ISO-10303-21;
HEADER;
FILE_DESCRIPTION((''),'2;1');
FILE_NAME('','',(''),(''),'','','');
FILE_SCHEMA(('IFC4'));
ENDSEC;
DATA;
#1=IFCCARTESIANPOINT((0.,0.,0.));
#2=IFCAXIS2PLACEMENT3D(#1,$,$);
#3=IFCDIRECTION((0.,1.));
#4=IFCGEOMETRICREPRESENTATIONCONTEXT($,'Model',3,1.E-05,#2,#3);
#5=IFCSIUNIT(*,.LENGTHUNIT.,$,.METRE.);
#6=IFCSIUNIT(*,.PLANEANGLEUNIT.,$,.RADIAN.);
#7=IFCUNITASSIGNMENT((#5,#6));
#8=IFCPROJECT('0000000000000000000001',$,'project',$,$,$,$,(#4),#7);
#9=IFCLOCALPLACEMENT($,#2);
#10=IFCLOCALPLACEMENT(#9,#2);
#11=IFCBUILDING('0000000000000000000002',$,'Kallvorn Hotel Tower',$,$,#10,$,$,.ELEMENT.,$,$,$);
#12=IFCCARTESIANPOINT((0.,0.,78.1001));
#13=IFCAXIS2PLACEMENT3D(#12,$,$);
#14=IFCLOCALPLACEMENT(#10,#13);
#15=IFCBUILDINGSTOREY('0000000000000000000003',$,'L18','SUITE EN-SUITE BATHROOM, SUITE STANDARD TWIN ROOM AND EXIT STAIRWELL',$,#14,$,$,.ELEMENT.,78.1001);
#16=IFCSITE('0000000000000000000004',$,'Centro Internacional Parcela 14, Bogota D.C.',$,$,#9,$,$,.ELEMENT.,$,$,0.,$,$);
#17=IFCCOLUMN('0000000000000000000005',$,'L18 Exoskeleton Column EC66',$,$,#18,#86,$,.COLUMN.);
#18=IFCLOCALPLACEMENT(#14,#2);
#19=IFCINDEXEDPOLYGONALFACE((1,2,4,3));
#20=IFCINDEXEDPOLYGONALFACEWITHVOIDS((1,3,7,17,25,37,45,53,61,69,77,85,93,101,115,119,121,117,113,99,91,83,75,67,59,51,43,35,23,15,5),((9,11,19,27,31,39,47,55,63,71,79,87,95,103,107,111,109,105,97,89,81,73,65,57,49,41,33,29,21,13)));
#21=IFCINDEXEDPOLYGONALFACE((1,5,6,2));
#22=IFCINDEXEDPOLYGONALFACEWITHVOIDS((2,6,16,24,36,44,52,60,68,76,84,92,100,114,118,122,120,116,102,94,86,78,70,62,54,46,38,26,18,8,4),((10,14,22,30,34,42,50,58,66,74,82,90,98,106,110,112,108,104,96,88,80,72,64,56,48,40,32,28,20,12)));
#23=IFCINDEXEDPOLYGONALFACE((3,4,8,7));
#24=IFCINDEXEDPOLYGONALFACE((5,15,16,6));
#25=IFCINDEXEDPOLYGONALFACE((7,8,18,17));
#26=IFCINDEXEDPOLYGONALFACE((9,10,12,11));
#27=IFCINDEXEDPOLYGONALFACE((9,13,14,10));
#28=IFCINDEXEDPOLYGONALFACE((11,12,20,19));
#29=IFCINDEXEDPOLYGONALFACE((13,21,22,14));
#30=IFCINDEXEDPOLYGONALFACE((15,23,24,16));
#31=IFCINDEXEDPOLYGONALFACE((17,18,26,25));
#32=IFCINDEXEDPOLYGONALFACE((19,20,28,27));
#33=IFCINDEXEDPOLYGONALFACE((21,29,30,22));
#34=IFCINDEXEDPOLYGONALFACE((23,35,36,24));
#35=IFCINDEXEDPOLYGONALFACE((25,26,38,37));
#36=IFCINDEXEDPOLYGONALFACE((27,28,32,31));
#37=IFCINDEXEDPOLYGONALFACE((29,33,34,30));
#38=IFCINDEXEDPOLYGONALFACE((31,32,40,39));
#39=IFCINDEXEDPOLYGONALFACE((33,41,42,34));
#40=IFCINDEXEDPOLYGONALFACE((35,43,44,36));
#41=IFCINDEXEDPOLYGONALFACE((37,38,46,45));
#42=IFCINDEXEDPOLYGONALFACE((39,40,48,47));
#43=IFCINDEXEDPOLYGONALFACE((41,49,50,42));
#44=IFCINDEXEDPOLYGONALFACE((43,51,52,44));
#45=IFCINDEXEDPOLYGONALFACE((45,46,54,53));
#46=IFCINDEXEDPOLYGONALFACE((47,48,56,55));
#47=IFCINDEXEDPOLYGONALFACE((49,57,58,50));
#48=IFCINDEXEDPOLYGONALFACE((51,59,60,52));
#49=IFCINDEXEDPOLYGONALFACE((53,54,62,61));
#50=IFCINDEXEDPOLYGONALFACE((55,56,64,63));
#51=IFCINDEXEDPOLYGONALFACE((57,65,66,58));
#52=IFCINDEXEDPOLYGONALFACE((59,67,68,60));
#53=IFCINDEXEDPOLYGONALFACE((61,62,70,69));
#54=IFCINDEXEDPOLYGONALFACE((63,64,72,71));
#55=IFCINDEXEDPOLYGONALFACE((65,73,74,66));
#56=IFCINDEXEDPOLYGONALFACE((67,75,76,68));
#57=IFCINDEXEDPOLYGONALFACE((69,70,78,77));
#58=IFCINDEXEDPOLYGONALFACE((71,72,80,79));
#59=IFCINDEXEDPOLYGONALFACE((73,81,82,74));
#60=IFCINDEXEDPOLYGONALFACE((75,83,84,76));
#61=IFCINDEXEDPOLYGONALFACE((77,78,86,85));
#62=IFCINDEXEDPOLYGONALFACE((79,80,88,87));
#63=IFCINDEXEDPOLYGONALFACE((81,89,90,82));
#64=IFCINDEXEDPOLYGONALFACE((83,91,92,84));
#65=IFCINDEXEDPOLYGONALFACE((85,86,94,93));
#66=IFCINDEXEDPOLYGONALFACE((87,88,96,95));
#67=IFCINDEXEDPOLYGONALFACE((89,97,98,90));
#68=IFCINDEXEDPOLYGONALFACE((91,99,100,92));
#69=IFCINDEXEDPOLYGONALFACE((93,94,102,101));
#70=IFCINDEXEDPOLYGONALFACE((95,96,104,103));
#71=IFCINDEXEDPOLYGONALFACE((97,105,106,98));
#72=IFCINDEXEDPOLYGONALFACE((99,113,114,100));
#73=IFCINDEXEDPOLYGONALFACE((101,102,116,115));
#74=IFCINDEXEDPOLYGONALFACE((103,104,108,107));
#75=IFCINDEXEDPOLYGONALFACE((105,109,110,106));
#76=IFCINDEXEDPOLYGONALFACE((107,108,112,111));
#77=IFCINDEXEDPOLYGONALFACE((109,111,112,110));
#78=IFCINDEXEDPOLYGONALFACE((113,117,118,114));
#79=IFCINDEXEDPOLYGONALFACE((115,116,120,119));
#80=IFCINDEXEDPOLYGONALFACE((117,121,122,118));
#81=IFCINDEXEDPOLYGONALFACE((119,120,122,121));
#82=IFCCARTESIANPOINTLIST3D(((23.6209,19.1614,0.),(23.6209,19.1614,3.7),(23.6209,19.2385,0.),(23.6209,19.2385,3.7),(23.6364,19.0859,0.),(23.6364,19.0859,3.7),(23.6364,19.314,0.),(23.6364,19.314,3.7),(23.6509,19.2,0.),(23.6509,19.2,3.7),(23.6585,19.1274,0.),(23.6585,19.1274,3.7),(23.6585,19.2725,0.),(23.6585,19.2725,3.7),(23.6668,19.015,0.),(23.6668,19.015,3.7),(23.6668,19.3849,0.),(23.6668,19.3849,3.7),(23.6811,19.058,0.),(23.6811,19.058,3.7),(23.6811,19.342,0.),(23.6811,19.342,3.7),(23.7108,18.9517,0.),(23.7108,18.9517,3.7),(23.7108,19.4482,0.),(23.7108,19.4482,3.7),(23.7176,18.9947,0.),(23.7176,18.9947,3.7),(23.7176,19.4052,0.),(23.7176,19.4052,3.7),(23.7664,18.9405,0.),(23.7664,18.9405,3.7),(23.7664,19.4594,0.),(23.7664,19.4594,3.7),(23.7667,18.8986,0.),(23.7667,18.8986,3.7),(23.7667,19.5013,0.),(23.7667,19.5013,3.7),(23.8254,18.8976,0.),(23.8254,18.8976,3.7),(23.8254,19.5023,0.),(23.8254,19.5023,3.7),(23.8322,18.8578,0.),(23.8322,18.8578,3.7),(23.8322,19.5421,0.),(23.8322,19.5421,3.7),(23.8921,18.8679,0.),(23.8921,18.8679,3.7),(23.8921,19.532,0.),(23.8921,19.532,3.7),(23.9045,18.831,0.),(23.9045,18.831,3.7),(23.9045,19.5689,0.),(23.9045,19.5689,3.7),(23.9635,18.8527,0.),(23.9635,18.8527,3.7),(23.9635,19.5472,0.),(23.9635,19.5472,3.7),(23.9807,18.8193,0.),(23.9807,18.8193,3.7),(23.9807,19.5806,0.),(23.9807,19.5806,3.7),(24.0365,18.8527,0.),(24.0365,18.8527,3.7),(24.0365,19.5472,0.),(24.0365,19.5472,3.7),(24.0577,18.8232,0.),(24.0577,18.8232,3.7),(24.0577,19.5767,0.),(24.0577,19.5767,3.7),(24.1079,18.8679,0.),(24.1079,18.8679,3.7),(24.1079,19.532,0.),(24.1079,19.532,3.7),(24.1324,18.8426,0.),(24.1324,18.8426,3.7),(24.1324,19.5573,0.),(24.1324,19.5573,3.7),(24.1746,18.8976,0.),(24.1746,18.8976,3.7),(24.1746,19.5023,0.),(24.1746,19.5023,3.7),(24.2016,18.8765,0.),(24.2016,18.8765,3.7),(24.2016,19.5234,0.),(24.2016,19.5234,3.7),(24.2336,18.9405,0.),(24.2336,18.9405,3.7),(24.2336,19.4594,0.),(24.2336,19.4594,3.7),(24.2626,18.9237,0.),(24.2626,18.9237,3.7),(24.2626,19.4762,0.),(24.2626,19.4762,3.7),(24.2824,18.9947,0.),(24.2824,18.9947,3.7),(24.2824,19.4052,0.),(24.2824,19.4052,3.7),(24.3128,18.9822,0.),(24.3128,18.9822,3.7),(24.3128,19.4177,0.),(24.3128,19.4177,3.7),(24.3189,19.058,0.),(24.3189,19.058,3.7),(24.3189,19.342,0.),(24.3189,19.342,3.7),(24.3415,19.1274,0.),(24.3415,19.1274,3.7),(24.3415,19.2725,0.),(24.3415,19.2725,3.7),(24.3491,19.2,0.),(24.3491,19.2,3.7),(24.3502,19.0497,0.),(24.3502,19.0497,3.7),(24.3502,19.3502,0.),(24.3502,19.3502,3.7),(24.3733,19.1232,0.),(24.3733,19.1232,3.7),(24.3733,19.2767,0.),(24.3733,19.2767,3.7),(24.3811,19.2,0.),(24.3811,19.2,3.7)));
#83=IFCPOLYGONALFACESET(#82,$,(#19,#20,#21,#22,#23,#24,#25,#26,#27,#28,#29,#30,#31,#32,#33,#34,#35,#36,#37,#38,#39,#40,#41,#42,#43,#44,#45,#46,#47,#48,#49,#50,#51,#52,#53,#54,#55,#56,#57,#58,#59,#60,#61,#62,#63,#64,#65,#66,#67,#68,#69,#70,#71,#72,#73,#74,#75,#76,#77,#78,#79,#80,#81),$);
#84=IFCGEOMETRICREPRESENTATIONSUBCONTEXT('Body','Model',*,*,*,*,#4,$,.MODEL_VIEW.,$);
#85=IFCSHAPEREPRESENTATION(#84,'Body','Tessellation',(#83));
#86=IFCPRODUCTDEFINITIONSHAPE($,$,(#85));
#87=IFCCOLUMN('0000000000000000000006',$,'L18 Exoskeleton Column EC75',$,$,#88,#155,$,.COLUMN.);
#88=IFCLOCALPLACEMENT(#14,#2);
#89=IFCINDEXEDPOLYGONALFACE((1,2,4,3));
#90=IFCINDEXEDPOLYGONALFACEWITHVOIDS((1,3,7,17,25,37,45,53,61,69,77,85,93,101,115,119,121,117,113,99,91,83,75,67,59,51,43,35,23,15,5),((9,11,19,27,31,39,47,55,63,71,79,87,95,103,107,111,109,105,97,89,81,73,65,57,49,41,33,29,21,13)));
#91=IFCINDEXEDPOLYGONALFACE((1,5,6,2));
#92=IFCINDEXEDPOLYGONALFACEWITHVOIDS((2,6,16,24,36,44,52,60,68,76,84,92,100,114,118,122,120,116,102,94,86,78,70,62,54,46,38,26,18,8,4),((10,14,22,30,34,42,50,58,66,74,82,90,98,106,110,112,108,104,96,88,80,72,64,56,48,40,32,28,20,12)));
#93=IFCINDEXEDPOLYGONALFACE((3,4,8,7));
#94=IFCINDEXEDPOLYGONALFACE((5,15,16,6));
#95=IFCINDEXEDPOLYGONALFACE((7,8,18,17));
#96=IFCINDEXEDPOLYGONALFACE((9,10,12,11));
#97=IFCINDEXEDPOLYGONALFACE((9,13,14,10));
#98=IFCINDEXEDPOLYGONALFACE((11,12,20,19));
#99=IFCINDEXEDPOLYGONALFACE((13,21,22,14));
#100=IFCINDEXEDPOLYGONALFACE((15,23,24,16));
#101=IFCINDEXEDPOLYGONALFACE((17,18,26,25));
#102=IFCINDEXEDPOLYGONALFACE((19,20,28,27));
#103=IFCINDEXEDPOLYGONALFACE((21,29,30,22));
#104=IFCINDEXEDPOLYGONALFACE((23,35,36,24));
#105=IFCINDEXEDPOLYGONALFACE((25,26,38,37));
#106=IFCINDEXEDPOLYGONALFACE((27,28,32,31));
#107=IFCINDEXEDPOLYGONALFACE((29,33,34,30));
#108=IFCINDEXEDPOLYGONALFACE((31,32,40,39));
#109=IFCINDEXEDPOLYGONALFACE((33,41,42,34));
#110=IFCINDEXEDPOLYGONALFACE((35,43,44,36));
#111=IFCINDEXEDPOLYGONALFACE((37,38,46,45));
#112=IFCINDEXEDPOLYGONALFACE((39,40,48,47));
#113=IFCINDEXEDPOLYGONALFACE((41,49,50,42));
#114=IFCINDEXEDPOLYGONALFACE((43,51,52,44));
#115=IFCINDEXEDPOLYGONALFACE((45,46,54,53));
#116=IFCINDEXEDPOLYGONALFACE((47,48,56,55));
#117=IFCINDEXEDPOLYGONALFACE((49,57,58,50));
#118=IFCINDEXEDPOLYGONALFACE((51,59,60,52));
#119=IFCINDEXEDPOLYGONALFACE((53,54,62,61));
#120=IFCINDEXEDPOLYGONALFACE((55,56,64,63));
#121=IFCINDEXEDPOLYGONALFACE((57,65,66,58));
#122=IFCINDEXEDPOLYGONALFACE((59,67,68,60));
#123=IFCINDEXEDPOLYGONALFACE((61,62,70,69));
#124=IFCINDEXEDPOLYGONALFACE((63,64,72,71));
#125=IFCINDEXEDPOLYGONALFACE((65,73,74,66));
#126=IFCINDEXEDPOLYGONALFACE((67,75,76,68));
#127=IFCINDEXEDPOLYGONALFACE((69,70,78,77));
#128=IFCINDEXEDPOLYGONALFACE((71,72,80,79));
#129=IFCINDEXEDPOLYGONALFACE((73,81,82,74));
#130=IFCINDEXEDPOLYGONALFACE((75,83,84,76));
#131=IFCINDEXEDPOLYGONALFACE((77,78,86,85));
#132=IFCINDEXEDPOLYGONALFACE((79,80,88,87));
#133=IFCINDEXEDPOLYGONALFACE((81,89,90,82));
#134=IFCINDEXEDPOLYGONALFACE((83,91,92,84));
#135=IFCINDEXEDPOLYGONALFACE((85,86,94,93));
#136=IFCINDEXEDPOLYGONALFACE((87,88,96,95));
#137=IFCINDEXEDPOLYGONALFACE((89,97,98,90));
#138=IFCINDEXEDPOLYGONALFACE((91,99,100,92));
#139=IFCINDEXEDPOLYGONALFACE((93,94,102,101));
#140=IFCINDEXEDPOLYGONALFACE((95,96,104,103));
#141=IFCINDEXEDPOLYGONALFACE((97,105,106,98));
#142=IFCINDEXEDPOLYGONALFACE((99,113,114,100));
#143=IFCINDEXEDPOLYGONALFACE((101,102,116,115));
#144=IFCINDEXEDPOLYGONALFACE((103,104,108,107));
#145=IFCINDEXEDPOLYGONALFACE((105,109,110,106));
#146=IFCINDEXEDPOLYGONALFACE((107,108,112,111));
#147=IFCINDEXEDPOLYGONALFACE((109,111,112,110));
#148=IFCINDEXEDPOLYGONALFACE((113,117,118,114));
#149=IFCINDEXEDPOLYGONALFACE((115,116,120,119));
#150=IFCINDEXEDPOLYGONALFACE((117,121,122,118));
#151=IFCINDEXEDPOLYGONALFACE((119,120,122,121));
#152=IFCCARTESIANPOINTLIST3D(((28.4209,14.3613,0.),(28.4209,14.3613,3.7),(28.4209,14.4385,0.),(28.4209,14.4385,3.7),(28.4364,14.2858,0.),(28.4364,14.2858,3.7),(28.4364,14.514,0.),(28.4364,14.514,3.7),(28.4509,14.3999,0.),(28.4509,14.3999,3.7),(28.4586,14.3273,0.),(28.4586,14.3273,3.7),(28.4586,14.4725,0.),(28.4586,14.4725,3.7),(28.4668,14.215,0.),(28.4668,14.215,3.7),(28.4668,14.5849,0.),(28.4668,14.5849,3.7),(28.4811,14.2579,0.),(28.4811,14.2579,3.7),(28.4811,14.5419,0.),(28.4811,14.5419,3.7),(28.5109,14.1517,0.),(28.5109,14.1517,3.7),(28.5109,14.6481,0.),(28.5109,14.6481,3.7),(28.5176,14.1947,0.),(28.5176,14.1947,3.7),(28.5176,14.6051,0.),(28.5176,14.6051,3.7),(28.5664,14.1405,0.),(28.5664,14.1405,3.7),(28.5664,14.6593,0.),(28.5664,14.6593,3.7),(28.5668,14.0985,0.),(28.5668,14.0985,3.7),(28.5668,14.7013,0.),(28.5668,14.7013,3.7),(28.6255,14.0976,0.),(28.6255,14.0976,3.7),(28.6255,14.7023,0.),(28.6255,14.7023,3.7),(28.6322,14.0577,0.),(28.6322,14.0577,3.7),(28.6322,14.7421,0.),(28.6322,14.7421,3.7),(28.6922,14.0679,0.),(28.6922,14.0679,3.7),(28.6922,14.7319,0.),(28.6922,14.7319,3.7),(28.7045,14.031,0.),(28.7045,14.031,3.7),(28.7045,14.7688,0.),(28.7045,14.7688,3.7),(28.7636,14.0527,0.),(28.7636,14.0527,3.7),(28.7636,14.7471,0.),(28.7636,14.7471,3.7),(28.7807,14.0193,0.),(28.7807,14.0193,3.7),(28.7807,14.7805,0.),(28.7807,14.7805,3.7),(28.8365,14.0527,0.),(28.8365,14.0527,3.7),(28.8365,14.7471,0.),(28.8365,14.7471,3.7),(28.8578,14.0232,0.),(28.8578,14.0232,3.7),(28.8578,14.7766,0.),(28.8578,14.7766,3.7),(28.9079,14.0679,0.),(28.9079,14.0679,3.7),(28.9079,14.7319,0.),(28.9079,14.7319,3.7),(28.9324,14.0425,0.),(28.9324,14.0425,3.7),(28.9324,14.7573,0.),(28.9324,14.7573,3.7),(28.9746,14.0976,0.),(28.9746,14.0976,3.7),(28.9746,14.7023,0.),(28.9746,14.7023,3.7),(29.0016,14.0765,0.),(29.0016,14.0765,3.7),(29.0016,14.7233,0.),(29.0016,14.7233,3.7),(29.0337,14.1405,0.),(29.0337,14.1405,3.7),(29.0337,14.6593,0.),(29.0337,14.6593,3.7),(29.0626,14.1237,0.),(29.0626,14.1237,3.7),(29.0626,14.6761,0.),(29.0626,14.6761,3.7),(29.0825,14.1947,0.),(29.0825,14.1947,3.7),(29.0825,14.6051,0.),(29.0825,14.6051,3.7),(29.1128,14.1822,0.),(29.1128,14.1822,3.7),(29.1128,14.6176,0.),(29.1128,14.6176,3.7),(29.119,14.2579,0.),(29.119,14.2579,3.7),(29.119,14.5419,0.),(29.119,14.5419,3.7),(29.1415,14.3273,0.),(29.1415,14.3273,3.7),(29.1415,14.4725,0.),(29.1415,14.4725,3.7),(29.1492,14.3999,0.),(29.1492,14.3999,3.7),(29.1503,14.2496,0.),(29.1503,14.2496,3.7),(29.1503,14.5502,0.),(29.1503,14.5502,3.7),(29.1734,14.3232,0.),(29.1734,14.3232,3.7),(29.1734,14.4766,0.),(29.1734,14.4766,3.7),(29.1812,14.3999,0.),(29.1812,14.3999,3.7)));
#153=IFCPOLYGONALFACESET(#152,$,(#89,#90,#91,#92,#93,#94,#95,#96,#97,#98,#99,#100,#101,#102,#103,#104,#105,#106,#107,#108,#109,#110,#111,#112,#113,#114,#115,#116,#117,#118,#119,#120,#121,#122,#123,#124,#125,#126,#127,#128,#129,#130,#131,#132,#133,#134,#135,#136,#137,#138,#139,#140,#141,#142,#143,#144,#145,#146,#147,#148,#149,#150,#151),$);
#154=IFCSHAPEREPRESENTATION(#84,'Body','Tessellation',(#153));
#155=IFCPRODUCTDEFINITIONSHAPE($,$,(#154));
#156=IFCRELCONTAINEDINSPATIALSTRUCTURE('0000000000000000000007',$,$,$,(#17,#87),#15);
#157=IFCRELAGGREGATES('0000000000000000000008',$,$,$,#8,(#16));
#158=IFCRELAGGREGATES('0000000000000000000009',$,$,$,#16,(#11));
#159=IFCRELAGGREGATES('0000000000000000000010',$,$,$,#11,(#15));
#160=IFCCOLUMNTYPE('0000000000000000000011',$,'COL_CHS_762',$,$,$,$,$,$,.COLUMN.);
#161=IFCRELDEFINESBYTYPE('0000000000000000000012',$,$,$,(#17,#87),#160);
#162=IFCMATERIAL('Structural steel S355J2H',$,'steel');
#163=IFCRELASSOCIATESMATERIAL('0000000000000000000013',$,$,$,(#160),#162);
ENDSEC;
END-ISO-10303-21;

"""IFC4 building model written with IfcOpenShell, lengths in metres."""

from ifc_helpers import new_model, si_unit, direction, frame, origin, origin_2d, place, context, subcontext, project, spatial, hollow_circle, extrude, material, material_profile, profile_set, type_object, element, save


model = new_model("IFC4")

# Units and contexts
model_context = context("Model", 3, precision=1e-05, world=origin(), true_north=direction((0.0, 1.0)))
body_context = subcontext(model_context, "Body", "Model", "MODEL_VIEW")
ifc_project = project(units=[si_unit("LENGTHUNIT", "METRE"), si_unit("PLANEANGLEUNIT", "RADIAN")], contexts=[model_context])

# Site, building, storey
site_placement = place(None, origin())
site = spatial("IfcSite", under=ifc_project, at=site_placement, Name="Centro Internacional Parcela 14, Bogota D.C.", CompositionType="ELEMENT", RefElevation=0.0)
building_placement = place(site_placement, origin())
building = spatial("IfcBuilding", under=site, at=building_placement, Name="Kallvorn Hotel Tower", CompositionType="ELEMENT")
storey_placement = place(building_placement, frame((0.0, 0.0, 78.1001)))
storey = spatial("IfcBuildingStorey", under=building, at=storey_placement, Name="L18", Description="SUITE EN-SUITE BATHROOM, SUITE STANDARD TWIN ROOM AND EXIT STAIRWELL", CompositionType="ELEMENT", Elevation=78.1001)

# Columns
ifc_material_1 = material(Name="Structural steel S355J2H", Category="steel")
ifc_material_profile_1 = material_profile(ifc_material_1, hollow_circle(Radius=0.3811, WallThickness=0.032, at=origin_2d()), Name="CHS 762x32")
ifc_profile_set_1 = profile_set([ifc_material_profile_1], Name="Structural steel S355J2H")
column_type_1 = type_object("IfcColumnType", Name="COL_CHS_762", PredefinedType="COLUMN", material=ifc_profile_set_1)
for number, where, z_axis, x_axis, name in (
    (1, (24.0, 19.2, 0.0), (0.0, 0.0, 1.0), (1.0, 0.0, 0.0), "L18 Exoskeleton Column EC66"),
    (2, (28.8, 14.3999, 0.0), (0.0, 0.0, 1.0), (1.0, 0.0, 0.0), "L18 Exoskeleton Column EC75"),
):
    element("IfcColumn", number, at=place(storey_placement, frame(where, z_axis=z_axis, x_axis=x_axis)), inside=storey, type_object=column_type_1, Name=name, PredefinedType="COLUMN", context=body_context, shape_type="SweptSolid", body=[
        extrude(hollow_circle(Radius=0.3811, WallThickness=0.032, at=origin_2d()), origin(), (0.0, 0.0, 1.0), 3.7),
    ])

save(model, "model.ifc")
